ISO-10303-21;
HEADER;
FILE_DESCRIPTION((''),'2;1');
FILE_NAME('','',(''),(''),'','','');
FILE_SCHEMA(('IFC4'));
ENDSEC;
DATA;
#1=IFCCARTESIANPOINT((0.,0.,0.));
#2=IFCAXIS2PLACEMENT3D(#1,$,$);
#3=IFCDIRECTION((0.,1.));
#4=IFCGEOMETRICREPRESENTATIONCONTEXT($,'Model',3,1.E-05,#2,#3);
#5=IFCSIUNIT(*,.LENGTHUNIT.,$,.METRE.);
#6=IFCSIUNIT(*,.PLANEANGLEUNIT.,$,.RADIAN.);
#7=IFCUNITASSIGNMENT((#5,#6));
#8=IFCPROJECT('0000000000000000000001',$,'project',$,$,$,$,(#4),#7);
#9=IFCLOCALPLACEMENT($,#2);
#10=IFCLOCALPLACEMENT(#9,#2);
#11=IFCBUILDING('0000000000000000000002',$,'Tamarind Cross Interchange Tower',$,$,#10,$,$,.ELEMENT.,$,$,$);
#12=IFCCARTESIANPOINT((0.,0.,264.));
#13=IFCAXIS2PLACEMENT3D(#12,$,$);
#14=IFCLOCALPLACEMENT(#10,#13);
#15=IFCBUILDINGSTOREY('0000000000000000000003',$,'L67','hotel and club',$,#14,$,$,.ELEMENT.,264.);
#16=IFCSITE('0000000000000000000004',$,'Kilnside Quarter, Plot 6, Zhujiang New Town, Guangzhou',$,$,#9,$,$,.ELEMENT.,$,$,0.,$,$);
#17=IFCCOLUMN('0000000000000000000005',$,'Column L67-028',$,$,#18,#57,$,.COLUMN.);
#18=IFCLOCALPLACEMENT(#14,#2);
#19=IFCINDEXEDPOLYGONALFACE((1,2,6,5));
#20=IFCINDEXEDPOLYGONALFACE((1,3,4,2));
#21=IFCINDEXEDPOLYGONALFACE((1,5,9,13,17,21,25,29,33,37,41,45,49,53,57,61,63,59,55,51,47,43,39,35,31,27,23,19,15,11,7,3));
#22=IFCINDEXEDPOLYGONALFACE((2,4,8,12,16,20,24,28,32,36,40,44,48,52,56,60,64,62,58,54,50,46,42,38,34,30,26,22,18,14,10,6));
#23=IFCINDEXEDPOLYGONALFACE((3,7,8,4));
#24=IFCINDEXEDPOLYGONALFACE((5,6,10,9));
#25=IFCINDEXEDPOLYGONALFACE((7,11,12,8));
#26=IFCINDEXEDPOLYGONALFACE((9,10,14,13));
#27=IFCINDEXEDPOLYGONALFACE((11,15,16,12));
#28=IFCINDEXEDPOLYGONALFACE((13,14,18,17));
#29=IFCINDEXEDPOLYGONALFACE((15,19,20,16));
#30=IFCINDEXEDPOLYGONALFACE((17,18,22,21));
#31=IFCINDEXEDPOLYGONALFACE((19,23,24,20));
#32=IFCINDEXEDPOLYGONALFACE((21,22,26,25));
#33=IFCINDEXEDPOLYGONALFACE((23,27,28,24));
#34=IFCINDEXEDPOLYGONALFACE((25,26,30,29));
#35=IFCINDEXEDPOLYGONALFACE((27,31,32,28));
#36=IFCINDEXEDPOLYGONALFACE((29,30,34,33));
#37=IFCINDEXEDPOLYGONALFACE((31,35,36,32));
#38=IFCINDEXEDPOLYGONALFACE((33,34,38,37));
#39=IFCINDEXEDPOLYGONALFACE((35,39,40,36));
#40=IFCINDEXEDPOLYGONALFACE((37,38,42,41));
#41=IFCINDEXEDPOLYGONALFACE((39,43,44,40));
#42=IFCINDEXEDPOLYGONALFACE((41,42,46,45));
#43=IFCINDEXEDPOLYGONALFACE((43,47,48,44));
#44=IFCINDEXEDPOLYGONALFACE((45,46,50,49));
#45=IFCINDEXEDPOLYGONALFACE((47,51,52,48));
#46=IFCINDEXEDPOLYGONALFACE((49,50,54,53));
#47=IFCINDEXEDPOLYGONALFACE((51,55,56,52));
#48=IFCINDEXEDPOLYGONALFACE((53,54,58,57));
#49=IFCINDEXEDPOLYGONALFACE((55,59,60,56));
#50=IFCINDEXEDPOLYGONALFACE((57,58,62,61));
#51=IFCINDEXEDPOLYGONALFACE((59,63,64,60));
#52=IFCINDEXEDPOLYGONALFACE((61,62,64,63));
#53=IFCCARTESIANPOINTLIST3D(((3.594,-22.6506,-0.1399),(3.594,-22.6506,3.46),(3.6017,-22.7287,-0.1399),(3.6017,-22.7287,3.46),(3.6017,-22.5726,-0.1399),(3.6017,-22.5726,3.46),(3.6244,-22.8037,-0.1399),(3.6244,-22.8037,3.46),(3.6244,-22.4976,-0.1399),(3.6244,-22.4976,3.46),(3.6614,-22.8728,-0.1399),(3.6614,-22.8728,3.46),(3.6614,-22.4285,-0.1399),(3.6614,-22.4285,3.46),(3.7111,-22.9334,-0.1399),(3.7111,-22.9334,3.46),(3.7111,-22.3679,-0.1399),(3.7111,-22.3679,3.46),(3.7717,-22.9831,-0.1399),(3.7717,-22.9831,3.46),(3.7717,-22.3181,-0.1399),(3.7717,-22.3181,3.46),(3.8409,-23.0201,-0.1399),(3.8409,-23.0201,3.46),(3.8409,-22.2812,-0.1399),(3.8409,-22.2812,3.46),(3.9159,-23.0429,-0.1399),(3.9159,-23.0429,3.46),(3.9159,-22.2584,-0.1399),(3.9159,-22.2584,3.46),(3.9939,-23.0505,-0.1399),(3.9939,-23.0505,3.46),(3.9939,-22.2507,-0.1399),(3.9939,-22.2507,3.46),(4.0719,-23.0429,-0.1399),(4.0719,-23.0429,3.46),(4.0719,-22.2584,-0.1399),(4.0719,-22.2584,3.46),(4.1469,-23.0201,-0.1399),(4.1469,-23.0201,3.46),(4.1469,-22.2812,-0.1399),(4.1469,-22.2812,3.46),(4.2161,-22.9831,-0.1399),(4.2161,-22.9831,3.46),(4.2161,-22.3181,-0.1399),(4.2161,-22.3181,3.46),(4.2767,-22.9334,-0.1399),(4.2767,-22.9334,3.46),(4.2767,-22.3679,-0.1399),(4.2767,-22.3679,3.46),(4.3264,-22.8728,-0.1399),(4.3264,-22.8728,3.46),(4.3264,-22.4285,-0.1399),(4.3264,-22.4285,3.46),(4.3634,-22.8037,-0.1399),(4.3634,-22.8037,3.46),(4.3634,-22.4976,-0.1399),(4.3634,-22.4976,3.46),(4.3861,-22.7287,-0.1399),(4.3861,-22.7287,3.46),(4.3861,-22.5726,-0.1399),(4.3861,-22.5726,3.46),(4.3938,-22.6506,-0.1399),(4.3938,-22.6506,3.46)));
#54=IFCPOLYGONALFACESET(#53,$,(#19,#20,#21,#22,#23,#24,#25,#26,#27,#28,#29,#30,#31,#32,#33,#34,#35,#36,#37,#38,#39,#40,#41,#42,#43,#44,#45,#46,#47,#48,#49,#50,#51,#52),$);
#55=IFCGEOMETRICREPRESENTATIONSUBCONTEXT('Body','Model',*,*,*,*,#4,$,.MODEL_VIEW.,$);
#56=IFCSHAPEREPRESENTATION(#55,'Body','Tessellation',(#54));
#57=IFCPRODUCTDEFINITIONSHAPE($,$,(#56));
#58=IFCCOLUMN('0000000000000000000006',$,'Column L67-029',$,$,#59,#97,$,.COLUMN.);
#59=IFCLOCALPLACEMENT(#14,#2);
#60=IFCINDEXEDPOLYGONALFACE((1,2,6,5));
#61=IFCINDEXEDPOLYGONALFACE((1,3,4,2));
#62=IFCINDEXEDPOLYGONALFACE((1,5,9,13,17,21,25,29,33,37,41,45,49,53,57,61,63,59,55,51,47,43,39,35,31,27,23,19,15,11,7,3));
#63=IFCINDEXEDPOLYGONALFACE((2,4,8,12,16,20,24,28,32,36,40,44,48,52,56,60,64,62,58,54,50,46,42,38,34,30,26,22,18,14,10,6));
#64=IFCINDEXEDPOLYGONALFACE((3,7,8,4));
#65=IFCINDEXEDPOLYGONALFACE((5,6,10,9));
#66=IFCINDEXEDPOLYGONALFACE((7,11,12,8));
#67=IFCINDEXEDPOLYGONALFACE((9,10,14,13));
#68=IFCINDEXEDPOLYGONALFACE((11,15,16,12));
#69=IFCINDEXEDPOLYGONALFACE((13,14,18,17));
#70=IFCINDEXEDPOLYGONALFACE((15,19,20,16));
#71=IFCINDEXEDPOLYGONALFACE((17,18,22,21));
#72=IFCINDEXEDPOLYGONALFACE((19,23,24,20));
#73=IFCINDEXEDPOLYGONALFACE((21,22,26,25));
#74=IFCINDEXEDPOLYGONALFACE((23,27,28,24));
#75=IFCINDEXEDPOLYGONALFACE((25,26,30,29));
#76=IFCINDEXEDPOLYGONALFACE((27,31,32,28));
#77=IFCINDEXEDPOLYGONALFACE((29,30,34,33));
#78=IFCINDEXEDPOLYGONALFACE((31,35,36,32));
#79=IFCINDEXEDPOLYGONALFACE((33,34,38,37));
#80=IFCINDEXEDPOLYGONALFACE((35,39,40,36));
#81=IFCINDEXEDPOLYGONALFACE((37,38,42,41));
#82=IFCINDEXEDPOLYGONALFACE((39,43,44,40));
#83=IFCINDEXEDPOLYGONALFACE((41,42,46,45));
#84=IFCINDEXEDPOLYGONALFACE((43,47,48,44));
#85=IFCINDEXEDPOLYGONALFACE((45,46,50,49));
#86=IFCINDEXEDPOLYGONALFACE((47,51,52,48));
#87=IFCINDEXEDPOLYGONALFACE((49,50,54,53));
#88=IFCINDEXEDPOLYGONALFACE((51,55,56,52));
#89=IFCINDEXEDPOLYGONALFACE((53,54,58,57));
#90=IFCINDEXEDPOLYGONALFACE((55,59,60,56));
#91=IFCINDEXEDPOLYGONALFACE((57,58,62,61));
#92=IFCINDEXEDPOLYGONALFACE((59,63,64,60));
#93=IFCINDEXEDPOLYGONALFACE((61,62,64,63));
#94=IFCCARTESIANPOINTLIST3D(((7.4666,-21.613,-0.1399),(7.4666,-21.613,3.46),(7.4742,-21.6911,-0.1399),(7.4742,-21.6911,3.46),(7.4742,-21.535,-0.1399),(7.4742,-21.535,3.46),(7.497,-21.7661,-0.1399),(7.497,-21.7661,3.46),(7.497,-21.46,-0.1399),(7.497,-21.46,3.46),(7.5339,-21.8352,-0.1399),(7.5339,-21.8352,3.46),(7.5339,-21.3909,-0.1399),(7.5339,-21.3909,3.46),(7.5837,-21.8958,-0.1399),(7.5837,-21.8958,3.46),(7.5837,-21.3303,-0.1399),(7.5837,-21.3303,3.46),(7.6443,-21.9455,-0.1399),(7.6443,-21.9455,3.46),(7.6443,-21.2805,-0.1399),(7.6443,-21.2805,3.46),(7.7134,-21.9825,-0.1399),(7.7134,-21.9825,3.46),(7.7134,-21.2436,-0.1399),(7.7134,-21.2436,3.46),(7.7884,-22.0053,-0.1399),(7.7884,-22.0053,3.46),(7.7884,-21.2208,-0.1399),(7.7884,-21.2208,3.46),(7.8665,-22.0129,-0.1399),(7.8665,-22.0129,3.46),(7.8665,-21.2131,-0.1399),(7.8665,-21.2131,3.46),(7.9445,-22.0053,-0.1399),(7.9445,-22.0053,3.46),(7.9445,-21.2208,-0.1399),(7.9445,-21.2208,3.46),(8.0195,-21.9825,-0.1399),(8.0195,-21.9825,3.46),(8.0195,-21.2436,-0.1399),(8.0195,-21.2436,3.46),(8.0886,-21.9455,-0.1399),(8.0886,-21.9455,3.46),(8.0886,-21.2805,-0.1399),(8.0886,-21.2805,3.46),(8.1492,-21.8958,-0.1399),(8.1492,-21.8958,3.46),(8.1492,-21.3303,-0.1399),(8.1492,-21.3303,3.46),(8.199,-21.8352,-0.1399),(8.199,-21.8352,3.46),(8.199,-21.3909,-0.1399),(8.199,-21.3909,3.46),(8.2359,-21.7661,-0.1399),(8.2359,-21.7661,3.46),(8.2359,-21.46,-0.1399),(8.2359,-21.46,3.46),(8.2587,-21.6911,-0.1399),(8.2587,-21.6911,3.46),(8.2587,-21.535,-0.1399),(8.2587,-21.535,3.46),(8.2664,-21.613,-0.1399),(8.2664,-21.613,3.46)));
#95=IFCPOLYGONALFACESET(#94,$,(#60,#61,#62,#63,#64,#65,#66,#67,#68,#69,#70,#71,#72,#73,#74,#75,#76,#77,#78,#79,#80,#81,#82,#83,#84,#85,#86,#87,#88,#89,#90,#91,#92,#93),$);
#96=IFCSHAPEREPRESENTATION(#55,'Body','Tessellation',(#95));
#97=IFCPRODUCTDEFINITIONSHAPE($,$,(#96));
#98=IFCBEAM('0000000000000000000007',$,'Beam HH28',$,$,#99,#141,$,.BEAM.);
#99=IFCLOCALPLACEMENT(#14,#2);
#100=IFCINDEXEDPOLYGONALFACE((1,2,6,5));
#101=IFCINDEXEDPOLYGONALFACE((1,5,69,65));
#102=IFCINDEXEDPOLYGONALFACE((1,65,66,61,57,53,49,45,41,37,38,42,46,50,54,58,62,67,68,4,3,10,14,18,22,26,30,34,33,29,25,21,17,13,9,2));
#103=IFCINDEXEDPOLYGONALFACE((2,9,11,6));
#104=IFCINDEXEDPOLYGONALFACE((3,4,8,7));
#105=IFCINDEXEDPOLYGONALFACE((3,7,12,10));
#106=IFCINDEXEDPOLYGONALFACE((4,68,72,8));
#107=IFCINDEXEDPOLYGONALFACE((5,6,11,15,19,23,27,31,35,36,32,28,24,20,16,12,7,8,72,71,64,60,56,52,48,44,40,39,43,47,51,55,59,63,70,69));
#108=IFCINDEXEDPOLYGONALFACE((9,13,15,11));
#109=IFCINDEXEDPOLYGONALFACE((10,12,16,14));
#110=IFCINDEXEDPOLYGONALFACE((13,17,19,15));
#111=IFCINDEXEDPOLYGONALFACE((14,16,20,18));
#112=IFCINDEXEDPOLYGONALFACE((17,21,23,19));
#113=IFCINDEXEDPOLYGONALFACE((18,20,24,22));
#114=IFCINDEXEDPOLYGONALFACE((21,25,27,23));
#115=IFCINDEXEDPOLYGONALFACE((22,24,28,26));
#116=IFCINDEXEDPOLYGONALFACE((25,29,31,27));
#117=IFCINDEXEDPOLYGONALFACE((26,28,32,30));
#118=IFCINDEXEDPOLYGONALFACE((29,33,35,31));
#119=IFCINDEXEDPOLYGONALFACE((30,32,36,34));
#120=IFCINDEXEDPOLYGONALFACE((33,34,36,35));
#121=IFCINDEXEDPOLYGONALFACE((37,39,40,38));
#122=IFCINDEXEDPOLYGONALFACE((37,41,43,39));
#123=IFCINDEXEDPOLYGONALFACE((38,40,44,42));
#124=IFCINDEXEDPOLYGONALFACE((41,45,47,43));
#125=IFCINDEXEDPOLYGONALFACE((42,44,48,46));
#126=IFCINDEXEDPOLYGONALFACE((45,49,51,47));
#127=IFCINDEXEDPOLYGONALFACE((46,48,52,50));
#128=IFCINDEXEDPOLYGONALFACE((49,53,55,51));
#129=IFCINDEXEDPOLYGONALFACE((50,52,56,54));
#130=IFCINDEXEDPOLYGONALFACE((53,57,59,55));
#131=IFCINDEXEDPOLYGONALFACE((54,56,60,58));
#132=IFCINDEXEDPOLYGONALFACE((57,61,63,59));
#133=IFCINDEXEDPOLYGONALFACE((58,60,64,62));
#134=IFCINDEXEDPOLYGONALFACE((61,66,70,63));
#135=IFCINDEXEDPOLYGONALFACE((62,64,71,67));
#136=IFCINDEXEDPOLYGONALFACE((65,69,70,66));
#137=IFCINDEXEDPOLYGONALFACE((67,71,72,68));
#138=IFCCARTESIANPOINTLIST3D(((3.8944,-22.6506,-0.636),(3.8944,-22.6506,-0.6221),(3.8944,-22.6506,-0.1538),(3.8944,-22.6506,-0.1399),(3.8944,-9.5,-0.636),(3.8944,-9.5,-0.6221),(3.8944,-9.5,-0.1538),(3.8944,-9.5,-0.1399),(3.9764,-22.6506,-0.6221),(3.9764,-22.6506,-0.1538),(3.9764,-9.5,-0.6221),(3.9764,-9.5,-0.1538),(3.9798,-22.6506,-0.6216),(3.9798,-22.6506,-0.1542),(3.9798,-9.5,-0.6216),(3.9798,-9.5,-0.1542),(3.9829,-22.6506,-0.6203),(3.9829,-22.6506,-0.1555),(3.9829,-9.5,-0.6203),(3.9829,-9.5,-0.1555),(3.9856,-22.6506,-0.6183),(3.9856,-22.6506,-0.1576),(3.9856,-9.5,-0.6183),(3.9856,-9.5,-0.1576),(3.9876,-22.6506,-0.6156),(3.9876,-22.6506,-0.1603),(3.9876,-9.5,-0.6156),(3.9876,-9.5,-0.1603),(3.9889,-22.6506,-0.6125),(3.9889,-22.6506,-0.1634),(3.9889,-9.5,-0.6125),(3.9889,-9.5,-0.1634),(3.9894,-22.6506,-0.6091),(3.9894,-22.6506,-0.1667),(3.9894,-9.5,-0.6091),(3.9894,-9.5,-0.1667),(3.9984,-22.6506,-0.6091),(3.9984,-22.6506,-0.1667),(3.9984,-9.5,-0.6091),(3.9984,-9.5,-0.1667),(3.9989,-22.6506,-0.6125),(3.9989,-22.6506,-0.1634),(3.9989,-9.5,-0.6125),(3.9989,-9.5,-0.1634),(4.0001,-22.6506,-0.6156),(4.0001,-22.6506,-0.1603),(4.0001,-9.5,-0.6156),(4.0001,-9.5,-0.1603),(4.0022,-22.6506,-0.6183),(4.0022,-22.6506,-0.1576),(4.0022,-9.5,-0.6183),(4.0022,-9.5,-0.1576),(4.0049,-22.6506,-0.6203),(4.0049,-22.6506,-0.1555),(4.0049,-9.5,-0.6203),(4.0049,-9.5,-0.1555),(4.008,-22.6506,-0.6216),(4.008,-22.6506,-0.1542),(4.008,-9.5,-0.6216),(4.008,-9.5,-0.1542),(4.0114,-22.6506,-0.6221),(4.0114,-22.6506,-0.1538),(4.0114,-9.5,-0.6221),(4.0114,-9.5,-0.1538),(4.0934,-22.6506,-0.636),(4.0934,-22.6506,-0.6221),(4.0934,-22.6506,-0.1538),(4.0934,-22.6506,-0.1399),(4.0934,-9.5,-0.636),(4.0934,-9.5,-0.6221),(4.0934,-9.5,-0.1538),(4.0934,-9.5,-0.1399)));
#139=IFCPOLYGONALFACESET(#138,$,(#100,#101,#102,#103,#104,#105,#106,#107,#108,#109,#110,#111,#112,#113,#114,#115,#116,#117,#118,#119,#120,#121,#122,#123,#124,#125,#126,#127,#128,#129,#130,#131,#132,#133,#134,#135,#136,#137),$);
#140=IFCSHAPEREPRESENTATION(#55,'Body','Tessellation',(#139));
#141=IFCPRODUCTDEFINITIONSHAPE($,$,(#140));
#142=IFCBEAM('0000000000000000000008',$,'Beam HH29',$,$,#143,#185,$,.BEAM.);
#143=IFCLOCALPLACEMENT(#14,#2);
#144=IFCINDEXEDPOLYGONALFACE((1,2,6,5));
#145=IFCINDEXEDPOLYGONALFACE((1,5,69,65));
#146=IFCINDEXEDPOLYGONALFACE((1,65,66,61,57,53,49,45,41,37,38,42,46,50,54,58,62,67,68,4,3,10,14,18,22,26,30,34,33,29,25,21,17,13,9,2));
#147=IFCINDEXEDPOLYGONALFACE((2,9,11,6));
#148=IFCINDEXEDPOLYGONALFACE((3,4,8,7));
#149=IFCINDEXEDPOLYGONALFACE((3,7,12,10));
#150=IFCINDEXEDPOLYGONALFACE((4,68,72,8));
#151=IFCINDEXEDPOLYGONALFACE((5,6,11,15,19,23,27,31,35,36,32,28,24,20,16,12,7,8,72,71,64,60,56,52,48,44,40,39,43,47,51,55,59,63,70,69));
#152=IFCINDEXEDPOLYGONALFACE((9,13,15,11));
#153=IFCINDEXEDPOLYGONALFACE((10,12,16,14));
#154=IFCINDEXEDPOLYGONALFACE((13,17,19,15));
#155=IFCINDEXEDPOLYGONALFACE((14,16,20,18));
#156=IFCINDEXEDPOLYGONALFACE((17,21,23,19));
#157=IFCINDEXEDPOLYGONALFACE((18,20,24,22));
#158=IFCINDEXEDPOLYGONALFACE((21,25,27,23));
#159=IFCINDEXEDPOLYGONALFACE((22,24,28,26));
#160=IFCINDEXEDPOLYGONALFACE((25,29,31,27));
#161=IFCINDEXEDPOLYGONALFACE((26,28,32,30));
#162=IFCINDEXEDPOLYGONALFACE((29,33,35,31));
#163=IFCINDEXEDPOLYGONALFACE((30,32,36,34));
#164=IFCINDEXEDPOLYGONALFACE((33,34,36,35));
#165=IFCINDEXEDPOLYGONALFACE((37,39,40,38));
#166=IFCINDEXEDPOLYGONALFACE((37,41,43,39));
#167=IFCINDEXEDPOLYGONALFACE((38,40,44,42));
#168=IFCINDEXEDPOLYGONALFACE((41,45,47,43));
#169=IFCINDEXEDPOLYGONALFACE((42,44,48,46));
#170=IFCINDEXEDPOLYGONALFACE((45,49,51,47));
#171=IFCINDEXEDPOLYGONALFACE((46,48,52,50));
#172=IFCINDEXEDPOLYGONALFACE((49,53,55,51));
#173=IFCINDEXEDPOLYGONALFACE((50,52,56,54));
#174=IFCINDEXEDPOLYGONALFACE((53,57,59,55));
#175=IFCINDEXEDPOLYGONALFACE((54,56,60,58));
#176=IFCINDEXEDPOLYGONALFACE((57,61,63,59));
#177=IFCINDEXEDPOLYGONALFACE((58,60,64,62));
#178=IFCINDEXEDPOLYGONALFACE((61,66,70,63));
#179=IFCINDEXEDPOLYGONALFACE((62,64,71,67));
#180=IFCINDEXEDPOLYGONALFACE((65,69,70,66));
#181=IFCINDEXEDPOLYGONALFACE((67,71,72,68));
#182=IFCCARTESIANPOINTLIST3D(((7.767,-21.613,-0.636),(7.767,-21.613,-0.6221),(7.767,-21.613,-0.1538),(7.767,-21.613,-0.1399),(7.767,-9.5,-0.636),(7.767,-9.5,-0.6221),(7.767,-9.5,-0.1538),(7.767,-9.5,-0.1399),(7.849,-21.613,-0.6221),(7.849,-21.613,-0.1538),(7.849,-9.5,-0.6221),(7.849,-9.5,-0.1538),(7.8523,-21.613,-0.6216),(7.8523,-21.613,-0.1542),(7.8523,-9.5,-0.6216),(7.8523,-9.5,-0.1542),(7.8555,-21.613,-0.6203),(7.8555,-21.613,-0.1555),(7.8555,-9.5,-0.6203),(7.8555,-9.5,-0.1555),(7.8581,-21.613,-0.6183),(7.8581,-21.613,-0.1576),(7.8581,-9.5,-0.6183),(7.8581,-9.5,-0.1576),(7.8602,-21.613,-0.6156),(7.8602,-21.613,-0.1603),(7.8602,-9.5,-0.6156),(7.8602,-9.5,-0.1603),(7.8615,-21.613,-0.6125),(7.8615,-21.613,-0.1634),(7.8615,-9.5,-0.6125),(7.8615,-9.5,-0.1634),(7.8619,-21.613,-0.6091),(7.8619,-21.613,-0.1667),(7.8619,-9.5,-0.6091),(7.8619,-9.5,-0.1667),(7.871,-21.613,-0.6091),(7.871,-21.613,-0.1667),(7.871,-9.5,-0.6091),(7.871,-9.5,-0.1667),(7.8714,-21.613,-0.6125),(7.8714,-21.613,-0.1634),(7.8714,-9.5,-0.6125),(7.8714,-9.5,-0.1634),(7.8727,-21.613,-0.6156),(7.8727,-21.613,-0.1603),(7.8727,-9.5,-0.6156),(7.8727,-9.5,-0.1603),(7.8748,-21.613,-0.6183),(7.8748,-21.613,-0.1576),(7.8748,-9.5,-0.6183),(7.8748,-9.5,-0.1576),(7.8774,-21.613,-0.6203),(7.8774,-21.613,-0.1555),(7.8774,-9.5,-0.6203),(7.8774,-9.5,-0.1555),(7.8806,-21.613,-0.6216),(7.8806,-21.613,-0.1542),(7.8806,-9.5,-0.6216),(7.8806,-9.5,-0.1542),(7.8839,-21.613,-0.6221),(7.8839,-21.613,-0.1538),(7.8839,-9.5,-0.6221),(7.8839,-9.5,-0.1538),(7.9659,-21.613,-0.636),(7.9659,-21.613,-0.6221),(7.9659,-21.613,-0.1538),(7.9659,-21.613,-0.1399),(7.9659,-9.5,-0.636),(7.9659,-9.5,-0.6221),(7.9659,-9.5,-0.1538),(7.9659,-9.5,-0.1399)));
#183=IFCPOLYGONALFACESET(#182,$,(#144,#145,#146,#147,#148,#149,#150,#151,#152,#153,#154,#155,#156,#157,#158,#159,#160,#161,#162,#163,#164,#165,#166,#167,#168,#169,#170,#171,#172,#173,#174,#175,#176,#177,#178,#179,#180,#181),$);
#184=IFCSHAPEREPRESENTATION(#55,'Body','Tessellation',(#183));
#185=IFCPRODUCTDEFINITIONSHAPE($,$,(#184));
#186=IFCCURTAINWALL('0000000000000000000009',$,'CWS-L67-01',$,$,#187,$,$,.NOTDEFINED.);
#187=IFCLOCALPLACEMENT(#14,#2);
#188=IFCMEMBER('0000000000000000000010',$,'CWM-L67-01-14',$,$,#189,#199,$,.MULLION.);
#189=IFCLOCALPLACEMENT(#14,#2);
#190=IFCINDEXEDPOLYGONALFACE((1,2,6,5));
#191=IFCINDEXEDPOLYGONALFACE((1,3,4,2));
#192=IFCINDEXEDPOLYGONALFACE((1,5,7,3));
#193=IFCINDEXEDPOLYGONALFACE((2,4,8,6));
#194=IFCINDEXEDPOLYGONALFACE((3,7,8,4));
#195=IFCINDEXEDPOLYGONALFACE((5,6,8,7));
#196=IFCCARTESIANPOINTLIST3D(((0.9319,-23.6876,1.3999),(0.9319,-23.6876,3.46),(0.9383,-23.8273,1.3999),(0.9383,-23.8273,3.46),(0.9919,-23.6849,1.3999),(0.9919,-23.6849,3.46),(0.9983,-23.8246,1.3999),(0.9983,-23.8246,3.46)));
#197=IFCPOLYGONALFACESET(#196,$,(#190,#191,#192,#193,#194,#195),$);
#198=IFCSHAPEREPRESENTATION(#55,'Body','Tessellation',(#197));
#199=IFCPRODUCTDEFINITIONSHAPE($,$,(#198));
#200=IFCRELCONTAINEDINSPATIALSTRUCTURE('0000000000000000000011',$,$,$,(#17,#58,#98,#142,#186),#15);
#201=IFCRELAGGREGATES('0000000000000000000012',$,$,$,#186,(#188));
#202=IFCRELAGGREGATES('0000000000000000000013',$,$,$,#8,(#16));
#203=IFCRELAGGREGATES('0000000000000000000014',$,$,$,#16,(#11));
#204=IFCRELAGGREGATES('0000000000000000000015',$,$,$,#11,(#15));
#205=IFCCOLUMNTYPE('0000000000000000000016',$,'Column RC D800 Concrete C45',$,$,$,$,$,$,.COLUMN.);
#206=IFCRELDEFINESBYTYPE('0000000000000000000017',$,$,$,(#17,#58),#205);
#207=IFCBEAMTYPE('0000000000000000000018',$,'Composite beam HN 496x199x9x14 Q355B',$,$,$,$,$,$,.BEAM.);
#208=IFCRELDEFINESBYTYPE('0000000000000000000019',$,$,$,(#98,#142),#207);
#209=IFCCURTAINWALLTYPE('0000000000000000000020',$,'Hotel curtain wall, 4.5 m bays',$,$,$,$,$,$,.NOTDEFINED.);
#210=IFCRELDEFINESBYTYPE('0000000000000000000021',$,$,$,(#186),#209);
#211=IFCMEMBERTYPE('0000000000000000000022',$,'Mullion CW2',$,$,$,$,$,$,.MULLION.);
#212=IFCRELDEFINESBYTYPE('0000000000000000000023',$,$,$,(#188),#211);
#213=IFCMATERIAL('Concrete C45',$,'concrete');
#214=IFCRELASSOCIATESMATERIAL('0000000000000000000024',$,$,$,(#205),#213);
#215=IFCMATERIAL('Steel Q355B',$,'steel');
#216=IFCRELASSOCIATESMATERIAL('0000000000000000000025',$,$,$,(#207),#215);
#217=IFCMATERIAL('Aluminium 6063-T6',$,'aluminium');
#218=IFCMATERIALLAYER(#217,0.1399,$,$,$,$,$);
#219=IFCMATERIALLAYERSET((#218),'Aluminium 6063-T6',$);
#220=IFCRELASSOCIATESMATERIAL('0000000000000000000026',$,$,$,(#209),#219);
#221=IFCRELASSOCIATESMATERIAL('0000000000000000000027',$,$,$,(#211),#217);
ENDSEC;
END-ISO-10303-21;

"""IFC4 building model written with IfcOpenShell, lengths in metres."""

from ifc_helpers import new_model, si_unit, direction, frame, origin, origin_2d, place, context, subcontext, project, spatial, rectangle, circle, i_section, extrude, material, layer, layer_set, material_profile, profile_set, type_object, element, aggregate, save


model = new_model("IFC4")

# Units and contexts
model_context = context("Model", 3, precision=1e-05, world=origin(), true_north=direction((0.0, 1.0)))
body_context = subcontext(model_context, "Body", "Model", "MODEL_VIEW")
ifc_project = project(units=[si_unit("LENGTHUNIT", "METRE"), si_unit("PLANEANGLEUNIT", "RADIAN")], contexts=[model_context])

# Site, building, storey
site_placement = place(None, origin())
site = spatial("IfcSite", under=ifc_project, at=site_placement, Name="Kilnside Quarter, Plot 6, Zhujiang New Town, Guangzhou", CompositionType="ELEMENT", RefElevation=0.0)
building_placement = place(site_placement, origin())
building = spatial("IfcBuilding", under=site, at=building_placement, Name="Tamarind Cross Interchange Tower", CompositionType="ELEMENT")
storey_placement = place(building_placement, frame((0.0, 0.0, 264.0)))
storey = spatial("IfcBuildingStorey", under=building, at=storey_placement, Name="L67", Description="hotel and club", CompositionType="ELEMENT", Elevation=264.0)

# Columns
ifc_material_1 = material(Name="Concrete C45", Category="concrete")
ifc_material_profile_1 = material_profile(ifc_material_1, circle(Radius=0.3999, at=origin_2d()), Name="RC D800")
ifc_profile_set_1 = profile_set([ifc_material_profile_1], Name="Concrete C45")
column_type = type_object("IfcColumnType", Name="Column RC D800 Concrete C45", PredefinedType="COLUMN", material=ifc_profile_set_1)
for number, where, z_axis, x_axis, name in (
    (1, (3.9939, -22.6506, -0.1399), (0.0, 0.0, 1.0), (1.0, 0.0, 0.0), "Column L67-028"),
    (2, (7.8665, -21.613, -0.1399), (0.0, 0.0, 1.0), (1.0, 0.0, 0.0), "Column L67-029"),
):
    element("IfcColumn", number, at=place(storey_placement, frame(where, z_axis=z_axis, x_axis=x_axis)), inside=storey, type_object=column_type, Name=name, PredefinedType="COLUMN", context=body_context, shape_type="SweptSolid", body=[
        extrude(circle(Radius=0.3999, at=origin_2d()), origin(), (0.0, 0.0, 1.0), 3.5999),
    ])

# Beams
ifc_material_2 = material(Name="Steel Q355B", Category="steel")
ifc_material_profile_2 = material_profile(ifc_material_2, i_section(OverallWidth=0.199, OverallDepth=0.4961, WebThickness=0.009, FlangeThickness=0.0139, FilletRadius=0.0129, at=origin_2d()), Name="HN 496x199x9x14")
ifc_profile_set_2 = profile_set([ifc_material_profile_2], Name="Steel Q355B")
beam_type = type_object("IfcBeamType", Name="Composite beam HN 496x199x9x14 Q355B", PredefinedType="BEAM", material=ifc_profile_set_2)
beam_1_placement = place(storey_placement, frame((3.9939, -22.6506, -0.3879), z_axis=(0.0, 1.0, 0.0), x_axis=(-1.0, 0.0, 0.0)))
element("IfcBeam", 3, at=beam_1_placement, inside=storey, type_object=beam_type, Name="Beam HH28", PredefinedType="BEAM", context=body_context, shape_type="SweptSolid", body=[
    extrude(i_section(OverallWidth=0.199, OverallDepth=0.4961, WebThickness=0.009, FlangeThickness=0.0139, FilletRadius=0.0129, at=origin_2d()), origin(), (0.0, 0.0, 1.0), 13.1506),
])
beam_2_placement = place(storey_placement, frame((7.8665, -21.613, -0.3879), z_axis=(0.0, 1.0, 0.0), x_axis=(-1.0, 0.0, 0.0)))
element("IfcBeam", 4, at=beam_2_placement, inside=storey, type_object=beam_type, Name="Beam HH29", PredefinedType="BEAM", context=body_context, shape_type="SweptSolid", body=[
    extrude(i_section(OverallWidth=0.199, OverallDepth=0.4961, WebThickness=0.009, FlangeThickness=0.0139, FilletRadius=0.0129, at=origin_2d()), origin(), (0.0, 0.0, 1.0), 12.113),
])

# Curtain wall, member
ifc_material_3 = material(Name="Aluminium 6063-T6", Category="aluminium")
ifc_layer_1 = layer(ifc_material_3, 0.1399)
ifc_layer_set_1 = layer_set([ifc_layer_1], Name="Aluminium 6063-T6")
curtain_wall_type = type_object("IfcCurtainWallType", Name="Hotel curtain wall, 4.5 m bays", PredefinedType="NOTDEFINED", material=ifc_layer_set_1)
curtain_wall_placement = place(storey_placement, origin())
curtain_wall = element("IfcCurtainWall", 5, at=curtain_wall_placement, inside=storey, type_object=curtain_wall_type, Name="CWS-L67-01", PredefinedType="NOTDEFINED")
ifc_material_profile_3 = material_profile(ifc_material_3, rectangle(XDim=0.0601, YDim=0.1399, at=origin_2d()), Name="Mullion CW2")
ifc_profile_set_3 = profile_set([ifc_material_profile_3], Name="Aluminium 6063-T6")
member_type = type_object("IfcMemberType", Name="Mullion CW2", PredefinedType="MULLION", material=ifc_profile_set_3)
member_1_placement = place(storey_placement, frame((0.9651, -23.7561, 1.3999), z_axis=(0.0, 0.0, 1.0), x_axis=(0.998959, 0.045624, 0.0)))
member_1 = element("IfcMember", 6, at=member_1_placement, type_object=member_type, Name="CWM-L67-01-14", PredefinedType="MULLION", context=body_context, shape_type="SweptSolid", body=[
    extrude(rectangle(XDim=0.0601, YDim=0.1399, at=origin_2d()), origin(), (0.0, 0.0, 1.0), 2.0601),
])
aggregate(curtain_wall, [member_1])

save(model, "model.ifc")
